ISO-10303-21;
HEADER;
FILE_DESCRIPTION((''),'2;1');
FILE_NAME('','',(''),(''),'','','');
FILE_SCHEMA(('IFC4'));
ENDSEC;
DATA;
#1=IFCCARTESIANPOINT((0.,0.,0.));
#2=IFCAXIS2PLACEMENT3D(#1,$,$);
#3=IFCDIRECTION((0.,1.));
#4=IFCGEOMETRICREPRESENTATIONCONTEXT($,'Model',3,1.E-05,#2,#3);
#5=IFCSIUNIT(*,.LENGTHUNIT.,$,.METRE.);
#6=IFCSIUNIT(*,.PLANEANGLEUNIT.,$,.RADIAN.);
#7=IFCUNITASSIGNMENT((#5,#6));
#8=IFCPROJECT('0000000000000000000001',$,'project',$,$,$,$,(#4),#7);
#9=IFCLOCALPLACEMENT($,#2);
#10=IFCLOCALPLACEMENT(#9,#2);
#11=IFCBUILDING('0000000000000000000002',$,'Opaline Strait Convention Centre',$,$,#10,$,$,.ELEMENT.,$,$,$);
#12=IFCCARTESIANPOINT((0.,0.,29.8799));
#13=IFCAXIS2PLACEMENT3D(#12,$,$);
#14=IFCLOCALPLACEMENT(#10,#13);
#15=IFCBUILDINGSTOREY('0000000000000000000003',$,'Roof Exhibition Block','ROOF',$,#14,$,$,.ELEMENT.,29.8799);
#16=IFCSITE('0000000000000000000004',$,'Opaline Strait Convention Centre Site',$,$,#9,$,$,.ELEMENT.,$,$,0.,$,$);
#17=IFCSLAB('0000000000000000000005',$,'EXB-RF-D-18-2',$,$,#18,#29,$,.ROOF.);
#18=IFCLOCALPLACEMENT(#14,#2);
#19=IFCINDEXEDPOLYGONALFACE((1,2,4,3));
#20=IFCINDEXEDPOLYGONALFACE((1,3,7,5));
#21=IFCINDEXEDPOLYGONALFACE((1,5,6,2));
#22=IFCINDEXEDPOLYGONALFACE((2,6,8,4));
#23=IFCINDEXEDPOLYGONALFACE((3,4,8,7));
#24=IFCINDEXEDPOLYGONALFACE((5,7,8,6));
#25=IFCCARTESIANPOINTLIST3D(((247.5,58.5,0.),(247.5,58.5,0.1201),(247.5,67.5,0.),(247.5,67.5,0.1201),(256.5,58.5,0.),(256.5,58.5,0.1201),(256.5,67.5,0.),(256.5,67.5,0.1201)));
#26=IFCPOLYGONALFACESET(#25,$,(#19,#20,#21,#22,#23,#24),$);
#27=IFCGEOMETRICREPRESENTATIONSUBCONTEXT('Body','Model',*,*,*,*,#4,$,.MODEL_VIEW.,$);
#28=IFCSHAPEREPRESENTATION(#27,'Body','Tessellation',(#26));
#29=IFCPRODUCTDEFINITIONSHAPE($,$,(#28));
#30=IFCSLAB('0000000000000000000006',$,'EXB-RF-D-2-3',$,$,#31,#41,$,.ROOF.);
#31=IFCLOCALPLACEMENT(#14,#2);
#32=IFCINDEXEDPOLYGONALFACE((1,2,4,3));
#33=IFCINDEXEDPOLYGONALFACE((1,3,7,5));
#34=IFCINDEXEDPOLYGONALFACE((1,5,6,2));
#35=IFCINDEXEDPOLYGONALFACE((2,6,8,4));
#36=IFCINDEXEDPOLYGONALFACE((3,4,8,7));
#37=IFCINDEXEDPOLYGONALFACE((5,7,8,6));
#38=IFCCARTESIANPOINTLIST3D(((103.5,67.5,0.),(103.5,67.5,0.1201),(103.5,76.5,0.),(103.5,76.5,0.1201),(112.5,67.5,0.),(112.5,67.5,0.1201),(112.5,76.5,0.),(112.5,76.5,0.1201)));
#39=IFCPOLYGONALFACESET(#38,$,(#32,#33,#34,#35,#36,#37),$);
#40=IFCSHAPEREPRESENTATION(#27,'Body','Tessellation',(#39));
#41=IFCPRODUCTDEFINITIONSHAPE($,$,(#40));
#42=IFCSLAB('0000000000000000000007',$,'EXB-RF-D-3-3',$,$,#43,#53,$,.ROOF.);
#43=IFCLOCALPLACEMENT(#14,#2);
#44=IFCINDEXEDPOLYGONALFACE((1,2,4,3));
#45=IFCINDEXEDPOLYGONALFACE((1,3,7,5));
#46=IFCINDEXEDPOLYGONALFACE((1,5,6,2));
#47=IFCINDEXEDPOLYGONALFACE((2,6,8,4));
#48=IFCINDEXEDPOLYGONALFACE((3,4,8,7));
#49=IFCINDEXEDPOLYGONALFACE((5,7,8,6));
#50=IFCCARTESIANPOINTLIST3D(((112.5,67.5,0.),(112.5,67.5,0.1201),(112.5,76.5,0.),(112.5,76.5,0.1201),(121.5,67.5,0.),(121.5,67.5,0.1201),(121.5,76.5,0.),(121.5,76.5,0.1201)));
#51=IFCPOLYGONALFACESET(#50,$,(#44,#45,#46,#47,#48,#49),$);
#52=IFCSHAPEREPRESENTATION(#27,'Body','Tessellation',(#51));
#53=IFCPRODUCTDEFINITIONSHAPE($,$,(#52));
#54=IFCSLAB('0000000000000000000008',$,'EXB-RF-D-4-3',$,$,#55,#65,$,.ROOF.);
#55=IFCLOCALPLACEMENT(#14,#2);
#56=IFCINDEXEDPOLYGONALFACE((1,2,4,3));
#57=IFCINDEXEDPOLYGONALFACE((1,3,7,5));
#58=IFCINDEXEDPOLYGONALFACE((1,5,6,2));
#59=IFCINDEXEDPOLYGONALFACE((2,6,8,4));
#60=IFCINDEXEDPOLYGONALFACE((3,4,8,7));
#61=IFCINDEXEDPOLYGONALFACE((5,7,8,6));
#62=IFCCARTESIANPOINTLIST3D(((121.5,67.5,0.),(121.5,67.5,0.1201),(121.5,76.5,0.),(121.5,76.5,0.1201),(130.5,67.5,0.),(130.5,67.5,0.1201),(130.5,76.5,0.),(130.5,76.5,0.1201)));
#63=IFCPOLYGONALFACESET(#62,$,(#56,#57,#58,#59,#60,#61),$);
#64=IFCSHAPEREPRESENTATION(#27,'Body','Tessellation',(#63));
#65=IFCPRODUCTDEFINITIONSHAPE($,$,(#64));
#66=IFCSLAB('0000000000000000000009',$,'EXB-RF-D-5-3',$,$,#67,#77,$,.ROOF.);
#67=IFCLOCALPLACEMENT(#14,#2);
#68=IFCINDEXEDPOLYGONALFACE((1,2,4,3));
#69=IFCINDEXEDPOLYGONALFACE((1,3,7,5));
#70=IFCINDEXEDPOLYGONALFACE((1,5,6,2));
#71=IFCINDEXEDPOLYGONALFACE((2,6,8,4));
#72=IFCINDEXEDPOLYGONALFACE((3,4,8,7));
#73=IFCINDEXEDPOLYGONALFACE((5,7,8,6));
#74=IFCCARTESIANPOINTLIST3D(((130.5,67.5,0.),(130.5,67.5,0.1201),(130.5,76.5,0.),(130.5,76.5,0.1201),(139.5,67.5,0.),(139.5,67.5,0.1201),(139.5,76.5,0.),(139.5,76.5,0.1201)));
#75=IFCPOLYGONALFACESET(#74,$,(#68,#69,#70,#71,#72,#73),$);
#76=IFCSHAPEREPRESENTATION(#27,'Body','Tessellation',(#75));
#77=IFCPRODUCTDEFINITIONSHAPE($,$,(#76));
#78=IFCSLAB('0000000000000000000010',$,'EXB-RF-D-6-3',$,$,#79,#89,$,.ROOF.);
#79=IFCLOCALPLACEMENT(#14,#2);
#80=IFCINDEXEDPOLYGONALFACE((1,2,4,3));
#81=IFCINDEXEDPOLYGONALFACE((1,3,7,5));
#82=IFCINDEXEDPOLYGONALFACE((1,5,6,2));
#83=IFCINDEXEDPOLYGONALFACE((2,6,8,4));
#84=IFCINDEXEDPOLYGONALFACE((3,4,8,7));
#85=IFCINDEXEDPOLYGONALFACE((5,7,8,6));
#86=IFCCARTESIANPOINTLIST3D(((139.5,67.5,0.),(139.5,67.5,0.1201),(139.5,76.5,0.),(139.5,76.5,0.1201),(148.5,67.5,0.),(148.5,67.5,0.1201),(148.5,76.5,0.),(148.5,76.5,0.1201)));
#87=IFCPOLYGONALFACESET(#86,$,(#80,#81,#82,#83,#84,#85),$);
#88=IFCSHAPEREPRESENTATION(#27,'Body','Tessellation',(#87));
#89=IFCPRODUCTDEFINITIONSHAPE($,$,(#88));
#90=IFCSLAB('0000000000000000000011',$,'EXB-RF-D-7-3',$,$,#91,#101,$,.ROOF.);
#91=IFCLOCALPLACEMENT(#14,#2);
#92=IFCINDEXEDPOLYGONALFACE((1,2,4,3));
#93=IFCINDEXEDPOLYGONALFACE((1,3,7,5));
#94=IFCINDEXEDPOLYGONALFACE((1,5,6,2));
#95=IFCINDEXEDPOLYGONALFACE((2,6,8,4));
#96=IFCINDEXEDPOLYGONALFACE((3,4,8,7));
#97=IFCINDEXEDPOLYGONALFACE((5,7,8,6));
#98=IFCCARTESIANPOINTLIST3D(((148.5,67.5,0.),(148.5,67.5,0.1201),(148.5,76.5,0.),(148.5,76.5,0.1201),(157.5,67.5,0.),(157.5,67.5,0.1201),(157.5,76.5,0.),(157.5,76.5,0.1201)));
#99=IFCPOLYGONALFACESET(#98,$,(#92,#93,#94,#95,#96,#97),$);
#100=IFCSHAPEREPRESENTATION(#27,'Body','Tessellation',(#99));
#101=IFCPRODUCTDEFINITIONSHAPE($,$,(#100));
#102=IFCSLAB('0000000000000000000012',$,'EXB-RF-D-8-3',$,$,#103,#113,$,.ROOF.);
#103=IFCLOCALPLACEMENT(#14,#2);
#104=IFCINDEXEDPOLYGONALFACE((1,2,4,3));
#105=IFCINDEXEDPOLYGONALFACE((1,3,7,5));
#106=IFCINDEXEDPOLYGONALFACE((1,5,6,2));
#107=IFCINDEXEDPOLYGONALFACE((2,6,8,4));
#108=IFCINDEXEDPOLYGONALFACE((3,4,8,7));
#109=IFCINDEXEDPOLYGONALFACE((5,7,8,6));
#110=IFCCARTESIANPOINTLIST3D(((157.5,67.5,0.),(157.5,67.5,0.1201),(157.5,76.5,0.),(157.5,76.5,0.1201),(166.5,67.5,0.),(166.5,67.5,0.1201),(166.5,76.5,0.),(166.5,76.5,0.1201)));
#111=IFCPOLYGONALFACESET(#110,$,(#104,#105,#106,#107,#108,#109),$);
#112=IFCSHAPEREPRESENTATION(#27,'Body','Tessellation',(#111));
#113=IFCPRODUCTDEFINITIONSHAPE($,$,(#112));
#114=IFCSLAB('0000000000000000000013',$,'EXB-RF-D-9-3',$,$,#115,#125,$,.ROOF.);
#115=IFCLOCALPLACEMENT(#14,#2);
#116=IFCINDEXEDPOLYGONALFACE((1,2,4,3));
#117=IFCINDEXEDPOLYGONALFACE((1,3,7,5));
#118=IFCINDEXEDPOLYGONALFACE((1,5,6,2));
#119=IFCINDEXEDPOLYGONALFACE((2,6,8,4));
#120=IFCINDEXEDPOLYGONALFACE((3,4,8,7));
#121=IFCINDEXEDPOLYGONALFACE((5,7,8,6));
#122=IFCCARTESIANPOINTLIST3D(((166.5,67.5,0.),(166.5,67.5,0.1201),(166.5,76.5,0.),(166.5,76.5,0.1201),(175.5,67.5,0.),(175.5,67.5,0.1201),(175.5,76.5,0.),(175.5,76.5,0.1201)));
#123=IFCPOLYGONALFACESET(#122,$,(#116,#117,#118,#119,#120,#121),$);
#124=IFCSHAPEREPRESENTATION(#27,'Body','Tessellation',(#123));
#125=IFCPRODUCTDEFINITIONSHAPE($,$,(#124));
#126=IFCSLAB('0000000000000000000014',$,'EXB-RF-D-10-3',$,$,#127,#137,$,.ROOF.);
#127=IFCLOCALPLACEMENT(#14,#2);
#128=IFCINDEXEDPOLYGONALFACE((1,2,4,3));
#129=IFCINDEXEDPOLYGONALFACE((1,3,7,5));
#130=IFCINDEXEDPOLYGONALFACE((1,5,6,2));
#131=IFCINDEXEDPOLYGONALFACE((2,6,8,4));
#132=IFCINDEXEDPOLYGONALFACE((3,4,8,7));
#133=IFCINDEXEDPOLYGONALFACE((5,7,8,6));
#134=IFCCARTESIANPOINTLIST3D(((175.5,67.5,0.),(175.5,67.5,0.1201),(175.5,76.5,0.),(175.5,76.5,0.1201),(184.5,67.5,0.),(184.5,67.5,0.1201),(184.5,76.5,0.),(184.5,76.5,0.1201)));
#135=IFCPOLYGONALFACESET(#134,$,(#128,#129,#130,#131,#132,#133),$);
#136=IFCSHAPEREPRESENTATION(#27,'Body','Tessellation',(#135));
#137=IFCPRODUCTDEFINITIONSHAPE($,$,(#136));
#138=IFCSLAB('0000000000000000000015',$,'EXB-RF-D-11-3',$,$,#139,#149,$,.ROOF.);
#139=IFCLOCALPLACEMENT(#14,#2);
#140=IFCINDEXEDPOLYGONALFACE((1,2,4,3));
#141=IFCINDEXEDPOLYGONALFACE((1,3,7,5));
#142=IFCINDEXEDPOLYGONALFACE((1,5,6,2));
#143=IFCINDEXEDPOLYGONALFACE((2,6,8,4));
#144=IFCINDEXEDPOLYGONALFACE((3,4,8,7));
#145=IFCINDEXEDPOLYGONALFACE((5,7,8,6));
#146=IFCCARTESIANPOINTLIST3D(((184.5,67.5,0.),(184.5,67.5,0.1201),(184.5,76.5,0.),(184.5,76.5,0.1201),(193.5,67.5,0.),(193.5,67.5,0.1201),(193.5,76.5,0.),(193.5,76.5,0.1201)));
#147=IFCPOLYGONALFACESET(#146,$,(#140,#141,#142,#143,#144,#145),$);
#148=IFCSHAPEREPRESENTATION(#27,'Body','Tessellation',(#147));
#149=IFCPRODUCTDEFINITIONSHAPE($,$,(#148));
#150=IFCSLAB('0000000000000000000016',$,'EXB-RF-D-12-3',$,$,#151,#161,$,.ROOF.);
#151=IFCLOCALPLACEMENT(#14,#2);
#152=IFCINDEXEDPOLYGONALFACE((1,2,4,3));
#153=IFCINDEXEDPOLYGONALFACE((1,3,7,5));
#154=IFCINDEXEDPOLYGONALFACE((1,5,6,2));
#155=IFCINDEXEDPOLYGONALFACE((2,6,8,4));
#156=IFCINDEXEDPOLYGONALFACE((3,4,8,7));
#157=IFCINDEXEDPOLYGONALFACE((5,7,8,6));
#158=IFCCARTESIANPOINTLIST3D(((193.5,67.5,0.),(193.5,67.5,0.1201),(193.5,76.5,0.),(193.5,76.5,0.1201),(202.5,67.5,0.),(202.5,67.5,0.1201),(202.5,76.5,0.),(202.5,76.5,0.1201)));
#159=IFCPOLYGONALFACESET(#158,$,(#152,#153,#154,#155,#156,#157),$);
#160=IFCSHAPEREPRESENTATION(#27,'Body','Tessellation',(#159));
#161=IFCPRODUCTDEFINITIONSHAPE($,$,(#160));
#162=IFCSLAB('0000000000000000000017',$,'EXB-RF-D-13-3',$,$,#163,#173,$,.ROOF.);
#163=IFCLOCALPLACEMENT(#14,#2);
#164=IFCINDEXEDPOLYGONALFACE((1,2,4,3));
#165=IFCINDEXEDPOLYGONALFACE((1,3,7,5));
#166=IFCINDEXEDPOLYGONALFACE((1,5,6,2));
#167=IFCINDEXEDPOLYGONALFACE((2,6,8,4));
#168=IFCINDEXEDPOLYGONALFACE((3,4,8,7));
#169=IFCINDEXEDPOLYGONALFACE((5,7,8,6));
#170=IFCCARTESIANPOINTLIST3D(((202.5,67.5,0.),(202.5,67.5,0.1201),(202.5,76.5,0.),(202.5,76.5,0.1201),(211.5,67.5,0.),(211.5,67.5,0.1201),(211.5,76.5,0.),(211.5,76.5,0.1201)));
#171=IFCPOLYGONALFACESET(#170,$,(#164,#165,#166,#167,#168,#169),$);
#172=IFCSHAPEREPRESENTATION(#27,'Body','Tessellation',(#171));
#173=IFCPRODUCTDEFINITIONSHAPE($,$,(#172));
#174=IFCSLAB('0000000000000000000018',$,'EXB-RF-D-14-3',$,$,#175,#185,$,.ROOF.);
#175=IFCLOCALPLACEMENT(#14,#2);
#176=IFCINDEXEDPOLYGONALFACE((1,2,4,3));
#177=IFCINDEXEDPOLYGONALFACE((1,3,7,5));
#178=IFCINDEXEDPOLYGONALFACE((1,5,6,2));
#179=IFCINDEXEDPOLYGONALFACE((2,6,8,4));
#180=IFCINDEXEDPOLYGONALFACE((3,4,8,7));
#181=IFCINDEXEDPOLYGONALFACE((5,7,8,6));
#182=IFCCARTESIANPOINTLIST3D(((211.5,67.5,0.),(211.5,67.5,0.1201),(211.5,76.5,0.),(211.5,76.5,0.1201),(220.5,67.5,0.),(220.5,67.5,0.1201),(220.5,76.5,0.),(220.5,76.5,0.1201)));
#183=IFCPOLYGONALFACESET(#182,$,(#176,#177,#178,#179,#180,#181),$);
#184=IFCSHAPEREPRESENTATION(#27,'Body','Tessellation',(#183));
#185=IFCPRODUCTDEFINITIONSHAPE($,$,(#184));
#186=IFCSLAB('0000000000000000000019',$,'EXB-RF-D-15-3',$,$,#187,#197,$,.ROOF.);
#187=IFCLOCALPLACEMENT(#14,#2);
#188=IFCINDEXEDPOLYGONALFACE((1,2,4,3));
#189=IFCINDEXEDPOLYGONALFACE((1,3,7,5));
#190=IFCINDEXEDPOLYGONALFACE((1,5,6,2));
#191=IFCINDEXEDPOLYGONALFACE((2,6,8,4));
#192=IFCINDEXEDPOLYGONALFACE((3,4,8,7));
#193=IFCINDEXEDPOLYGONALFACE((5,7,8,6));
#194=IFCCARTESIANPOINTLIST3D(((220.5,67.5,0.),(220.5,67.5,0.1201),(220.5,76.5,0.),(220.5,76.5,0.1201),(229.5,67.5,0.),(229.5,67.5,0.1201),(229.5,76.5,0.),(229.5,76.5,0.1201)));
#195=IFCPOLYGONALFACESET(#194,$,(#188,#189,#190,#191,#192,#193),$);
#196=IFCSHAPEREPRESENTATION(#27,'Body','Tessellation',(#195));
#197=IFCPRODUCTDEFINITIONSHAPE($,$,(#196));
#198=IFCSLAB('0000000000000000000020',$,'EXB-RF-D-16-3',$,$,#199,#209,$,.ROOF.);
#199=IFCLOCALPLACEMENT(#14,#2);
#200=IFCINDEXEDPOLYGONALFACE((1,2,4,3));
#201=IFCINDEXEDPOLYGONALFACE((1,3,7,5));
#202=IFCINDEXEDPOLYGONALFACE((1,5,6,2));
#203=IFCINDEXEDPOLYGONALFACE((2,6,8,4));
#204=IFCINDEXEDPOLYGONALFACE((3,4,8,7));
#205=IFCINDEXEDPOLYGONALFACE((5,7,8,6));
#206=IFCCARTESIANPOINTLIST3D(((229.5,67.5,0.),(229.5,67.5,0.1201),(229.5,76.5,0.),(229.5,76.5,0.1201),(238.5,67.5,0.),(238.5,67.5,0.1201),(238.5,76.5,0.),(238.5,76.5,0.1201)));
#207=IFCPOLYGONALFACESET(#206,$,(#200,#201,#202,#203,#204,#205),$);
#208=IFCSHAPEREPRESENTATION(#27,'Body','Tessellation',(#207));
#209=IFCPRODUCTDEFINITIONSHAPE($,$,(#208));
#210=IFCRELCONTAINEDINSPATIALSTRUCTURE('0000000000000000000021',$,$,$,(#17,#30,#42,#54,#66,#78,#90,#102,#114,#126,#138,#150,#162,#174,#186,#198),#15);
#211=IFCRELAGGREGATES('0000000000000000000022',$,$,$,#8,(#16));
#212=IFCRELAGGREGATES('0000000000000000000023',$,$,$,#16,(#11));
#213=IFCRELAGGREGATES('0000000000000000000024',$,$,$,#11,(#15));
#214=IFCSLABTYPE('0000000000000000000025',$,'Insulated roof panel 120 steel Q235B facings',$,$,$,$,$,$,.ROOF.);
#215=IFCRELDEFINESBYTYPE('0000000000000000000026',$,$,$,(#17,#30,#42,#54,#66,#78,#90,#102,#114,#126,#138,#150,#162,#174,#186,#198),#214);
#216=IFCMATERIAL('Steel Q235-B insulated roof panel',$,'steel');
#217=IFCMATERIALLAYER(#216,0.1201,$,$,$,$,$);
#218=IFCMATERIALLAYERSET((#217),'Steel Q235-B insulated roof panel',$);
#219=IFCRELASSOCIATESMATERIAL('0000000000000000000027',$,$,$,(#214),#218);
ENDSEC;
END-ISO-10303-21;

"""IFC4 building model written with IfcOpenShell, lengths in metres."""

from ifc_helpers import new_model, si_unit, direction, frame, origin, place, context, subcontext, project, spatial, polyline, outline, extrude, material, layer, layer_set, type_object, element, save


model = new_model("IFC4")

# Units and contexts
model_context = context("Model", 3, precision=1e-05, world=origin(), true_north=direction((0.0, 1.0)))
body_context = subcontext(model_context, "Body", "Model", "MODEL_VIEW")
ifc_project = project(units=[si_unit("LENGTHUNIT", "METRE"), si_unit("PLANEANGLEUNIT", "RADIAN")], contexts=[model_context])

# Site, building, storey
site_placement = place(None, origin())
site = spatial("IfcSite", under=ifc_project, at=site_placement, Name="Opaline Strait Convention Centre Site", CompositionType="ELEMENT", RefElevation=0.0)
building_placement = place(site_placement, origin())
building = spatial("IfcBuilding", under=site, at=building_placement, Name="Opaline Strait Convention Centre", CompositionType="ELEMENT")
storey_placement = place(building_placement, frame((0.0, 0.0, 29.8799)))
storey = spatial("IfcBuildingStorey", under=building, at=storey_placement, Name="Roof Exhibition Block", Description="ROOF", CompositionType="ELEMENT", Elevation=29.8799)

# Slabs
ifc_material = material(Name="Steel Q235-B insulated roof panel", Category="steel")
ifc_layer = layer(ifc_material, 0.1201)
ifc_layer_set = layer_set([ifc_layer], Name="Steel Q235-B insulated roof panel")
slab_type = type_object("IfcSlabType", Name="Insulated roof panel 120 steel Q235B facings", PredefinedType="ROOF", material=ifc_layer_set)
slab_1_placement = place(storey_placement, origin())
element("IfcSlab", 1, at=slab_1_placement, inside=storey, type_object=slab_type, Name="EXB-RF-D-18-2", PredefinedType="ROOF", context=body_context, shape_type="SweptSolid", body=[
    extrude(outline(polyline([(247.5, 58.5), (256.5, 58.5), (256.5, 67.5), (247.5, 67.5), (247.5, 58.5)])), origin(), (0.0, 0.0, 1.0), 0.1201),
])
slab_2_placement = place(storey_placement, origin())
element("IfcSlab", 2, at=slab_2_placement, inside=storey, type_object=slab_type, Name="EXB-RF-D-2-3", PredefinedType="ROOF", context=body_context, shape_type="SweptSolid", body=[
    extrude(outline(polyline([(103.5, 67.5), (112.5, 67.5), (112.5, 76.5), (103.5, 76.5), (103.5, 67.5)])), origin(), (0.0, 0.0, 1.0), 0.1201),
])
slab_3_placement = place(storey_placement, origin())
element("IfcSlab", 3, at=slab_3_placement, inside=storey, type_object=slab_type, Name="EXB-RF-D-3-3", PredefinedType="ROOF", context=body_context, shape_type="SweptSolid", body=[
    extrude(outline(polyline([(112.5, 67.5), (121.5, 67.5), (121.5, 76.5), (112.5, 76.5), (112.5, 67.5)])), origin(), (0.0, 0.0, 1.0), 0.1201),
])
slab_4_placement = place(storey_placement, origin())
element("IfcSlab", 4, at=slab_4_placement, inside=storey, type_object=slab_type, Name="EXB-RF-D-4-3", PredefinedType="ROOF", context=body_context, shape_type="SweptSolid", body=[
    extrude(outline(polyline([(121.5, 67.5), (130.5, 67.5), (130.5, 76.5), (121.5, 76.5), (121.5, 67.5)])), origin(), (0.0, 0.0, 1.0), 0.1201),
])
slab_5_placement = place(storey_placement, origin())
element("IfcSlab", 5, at=slab_5_placement, inside=storey, type_object=slab_type, Name="EXB-RF-D-5-3", PredefinedType="ROOF", context=body_context, shape_type="SweptSolid", body=[
    extrude(outline(polyline([(130.5, 67.5), (139.5, 67.5), (139.5, 76.5), (130.5, 76.5), (130.5, 67.5)])), origin(), (0.0, 0.0, 1.0), 0.1201),
])
slab_6_placement = place(storey_placement, origin())
element("IfcSlab", 6, at=slab_6_placement, inside=storey, type_object=slab_type, Name="EXB-RF-D-6-3", PredefinedType="ROOF", context=body_context, shape_type="SweptSolid", body=[
    extrude(outline(polyline([(139.5, 67.5), (148.5, 67.5), (148.5, 76.5), (139.5, 76.5), (139.5, 67.5)])), origin(), (0.0, 0.0, 1.0), 0.1201),
])
slab_7_placement = place(storey_placement, origin())
element("IfcSlab", 7, at=slab_7_placement, inside=storey, type_object=slab_type, Name="EXB-RF-D-7-3", PredefinedType="ROOF", context=body_context, shape_type="SweptSolid", body=[
    extrude(outline(polyline([(148.5, 67.5), (157.5, 67.5), (157.5, 76.5), (148.5, 76.5), (148.5, 67.5)])), origin(), (0.0, 0.0, 1.0), 0.1201),
])
slab_8_placement = place(storey_placement, origin())
element("IfcSlab", 8, at=slab_8_placement, inside=storey, type_object=slab_type, Name="EXB-RF-D-8-3", PredefinedType="ROOF", context=body_context, shape_type="SweptSolid", body=[
    extrude(outline(polyline([(157.5, 67.5), (166.5, 67.5), (166.5, 76.5), (157.5, 76.5), (157.5, 67.5)])), origin(), (0.0, 0.0, 1.0), 0.1201),
])
slab_9_placement = place(storey_placement, origin())
element("IfcSlab", 9, at=slab_9_placement, inside=storey, type_object=slab_type, Name="EXB-RF-D-9-3", PredefinedType="ROOF", context=body_context, shape_type="SweptSolid", body=[
    extrude(outline(polyline([(166.5, 67.5), (175.5, 67.5), (175.5, 76.5), (166.5, 76.5), (166.5, 67.5)])), origin(), (0.0, 0.0, 1.0), 0.1201),
])
slab_10_placement = place(storey_placement, origin())
element("IfcSlab", 10, at=slab_10_placement, inside=storey, type_object=slab_type, Name="EXB-RF-D-10-3", PredefinedType="ROOF", context=body_context, shape_type="SweptSolid", body=[
    extrude(outline(polyline([(175.5, 67.5), (184.5, 67.5), (184.5, 76.5), (175.5, 76.5), (175.5, 67.5)])), origin(), (0.0, 0.0, 1.0), 0.1201),
])
slab_11_placement = place(storey_placement, origin())
element("IfcSlab", 11, at=slab_11_placement, inside=storey, type_object=slab_type, Name="EXB-RF-D-11-3", PredefinedType="ROOF", context=body_context, shape_type="SweptSolid", body=[
    extrude(outline(polyline([(184.5, 67.5), (193.5, 67.5), (193.5, 76.5), (184.5, 76.5), (184.5, 67.5)])), origin(), (0.0, 0.0, 1.0), 0.1201),
])
slab_12_placement = place(storey_placement, origin())
element("IfcSlab", 12, at=slab_12_placement, inside=storey, type_object=slab_type, Name="EXB-RF-D-12-3", PredefinedType="ROOF", context=body_context, shape_type="SweptSolid", body=[
    extrude(outline(polyline([(193.5, 67.5), (202.5, 67.5), (202.5, 76.5), (193.5, 76.5), (193.5, 67.5)])), origin(), (0.0, 0.0, 1.0), 0.1201),
])
slab_13_placement = place(storey_placement, origin())
element("IfcSlab", 13, at=slab_13_placement, inside=storey, type_object=slab_type, Name="EXB-RF-D-13-3", PredefinedType="ROOF", context=body_context, shape_type="SweptSolid", body=[
    extrude(outline(polyline([(202.5, 67.5), (211.5, 67.5), (211.5, 76.5), (202.5, 76.5), (202.5, 67.5)])), origin(), (0.0, 0.0, 1.0), 0.1201),
])
slab_14_placement = place(storey_placement, origin())
element("IfcSlab", 14, at=slab_14_placement, inside=storey, type_object=slab_type, Name="EXB-RF-D-14-3", PredefinedType="ROOF", context=body_context, shape_type="SweptSolid", body=[
    extrude(outline(polyline([(211.5, 67.5), (220.5, 67.5), (220.5, 76.5), (211.5, 76.5), (211.5, 67.5)])), origin(), (0.0, 0.0, 1.0), 0.1201),
])
slab_15_placement = place(storey_placement, origin())
element("IfcSlab", 15, at=slab_15_placement, inside=storey, type_object=slab_type, Name="EXB-RF-D-15-3", PredefinedType="ROOF", context=body_context, shape_type="SweptSolid", body=[
    extrude(outline(polyline([(220.5, 67.5), (229.5, 67.5), (229.5, 76.5), (220.5, 76.5), (220.5, 67.5)])), origin(), (0.0, 0.0, 1.0), 0.1201),
])
slab_16_placement = place(storey_placement, origin())
element("IfcSlab", 16, at=slab_16_placement, inside=storey, type_object=slab_type, Name="EXB-RF-D-16-3", PredefinedType="ROOF", context=body_context, shape_type="SweptSolid", body=[
    extrude(outline(polyline([(229.5, 67.5), (238.5, 67.5), (238.5, 76.5), (229.5, 76.5), (229.5, 67.5)])), origin(), (0.0, 0.0, 1.0), 0.1201),
])

save(model, "model.ifc")
